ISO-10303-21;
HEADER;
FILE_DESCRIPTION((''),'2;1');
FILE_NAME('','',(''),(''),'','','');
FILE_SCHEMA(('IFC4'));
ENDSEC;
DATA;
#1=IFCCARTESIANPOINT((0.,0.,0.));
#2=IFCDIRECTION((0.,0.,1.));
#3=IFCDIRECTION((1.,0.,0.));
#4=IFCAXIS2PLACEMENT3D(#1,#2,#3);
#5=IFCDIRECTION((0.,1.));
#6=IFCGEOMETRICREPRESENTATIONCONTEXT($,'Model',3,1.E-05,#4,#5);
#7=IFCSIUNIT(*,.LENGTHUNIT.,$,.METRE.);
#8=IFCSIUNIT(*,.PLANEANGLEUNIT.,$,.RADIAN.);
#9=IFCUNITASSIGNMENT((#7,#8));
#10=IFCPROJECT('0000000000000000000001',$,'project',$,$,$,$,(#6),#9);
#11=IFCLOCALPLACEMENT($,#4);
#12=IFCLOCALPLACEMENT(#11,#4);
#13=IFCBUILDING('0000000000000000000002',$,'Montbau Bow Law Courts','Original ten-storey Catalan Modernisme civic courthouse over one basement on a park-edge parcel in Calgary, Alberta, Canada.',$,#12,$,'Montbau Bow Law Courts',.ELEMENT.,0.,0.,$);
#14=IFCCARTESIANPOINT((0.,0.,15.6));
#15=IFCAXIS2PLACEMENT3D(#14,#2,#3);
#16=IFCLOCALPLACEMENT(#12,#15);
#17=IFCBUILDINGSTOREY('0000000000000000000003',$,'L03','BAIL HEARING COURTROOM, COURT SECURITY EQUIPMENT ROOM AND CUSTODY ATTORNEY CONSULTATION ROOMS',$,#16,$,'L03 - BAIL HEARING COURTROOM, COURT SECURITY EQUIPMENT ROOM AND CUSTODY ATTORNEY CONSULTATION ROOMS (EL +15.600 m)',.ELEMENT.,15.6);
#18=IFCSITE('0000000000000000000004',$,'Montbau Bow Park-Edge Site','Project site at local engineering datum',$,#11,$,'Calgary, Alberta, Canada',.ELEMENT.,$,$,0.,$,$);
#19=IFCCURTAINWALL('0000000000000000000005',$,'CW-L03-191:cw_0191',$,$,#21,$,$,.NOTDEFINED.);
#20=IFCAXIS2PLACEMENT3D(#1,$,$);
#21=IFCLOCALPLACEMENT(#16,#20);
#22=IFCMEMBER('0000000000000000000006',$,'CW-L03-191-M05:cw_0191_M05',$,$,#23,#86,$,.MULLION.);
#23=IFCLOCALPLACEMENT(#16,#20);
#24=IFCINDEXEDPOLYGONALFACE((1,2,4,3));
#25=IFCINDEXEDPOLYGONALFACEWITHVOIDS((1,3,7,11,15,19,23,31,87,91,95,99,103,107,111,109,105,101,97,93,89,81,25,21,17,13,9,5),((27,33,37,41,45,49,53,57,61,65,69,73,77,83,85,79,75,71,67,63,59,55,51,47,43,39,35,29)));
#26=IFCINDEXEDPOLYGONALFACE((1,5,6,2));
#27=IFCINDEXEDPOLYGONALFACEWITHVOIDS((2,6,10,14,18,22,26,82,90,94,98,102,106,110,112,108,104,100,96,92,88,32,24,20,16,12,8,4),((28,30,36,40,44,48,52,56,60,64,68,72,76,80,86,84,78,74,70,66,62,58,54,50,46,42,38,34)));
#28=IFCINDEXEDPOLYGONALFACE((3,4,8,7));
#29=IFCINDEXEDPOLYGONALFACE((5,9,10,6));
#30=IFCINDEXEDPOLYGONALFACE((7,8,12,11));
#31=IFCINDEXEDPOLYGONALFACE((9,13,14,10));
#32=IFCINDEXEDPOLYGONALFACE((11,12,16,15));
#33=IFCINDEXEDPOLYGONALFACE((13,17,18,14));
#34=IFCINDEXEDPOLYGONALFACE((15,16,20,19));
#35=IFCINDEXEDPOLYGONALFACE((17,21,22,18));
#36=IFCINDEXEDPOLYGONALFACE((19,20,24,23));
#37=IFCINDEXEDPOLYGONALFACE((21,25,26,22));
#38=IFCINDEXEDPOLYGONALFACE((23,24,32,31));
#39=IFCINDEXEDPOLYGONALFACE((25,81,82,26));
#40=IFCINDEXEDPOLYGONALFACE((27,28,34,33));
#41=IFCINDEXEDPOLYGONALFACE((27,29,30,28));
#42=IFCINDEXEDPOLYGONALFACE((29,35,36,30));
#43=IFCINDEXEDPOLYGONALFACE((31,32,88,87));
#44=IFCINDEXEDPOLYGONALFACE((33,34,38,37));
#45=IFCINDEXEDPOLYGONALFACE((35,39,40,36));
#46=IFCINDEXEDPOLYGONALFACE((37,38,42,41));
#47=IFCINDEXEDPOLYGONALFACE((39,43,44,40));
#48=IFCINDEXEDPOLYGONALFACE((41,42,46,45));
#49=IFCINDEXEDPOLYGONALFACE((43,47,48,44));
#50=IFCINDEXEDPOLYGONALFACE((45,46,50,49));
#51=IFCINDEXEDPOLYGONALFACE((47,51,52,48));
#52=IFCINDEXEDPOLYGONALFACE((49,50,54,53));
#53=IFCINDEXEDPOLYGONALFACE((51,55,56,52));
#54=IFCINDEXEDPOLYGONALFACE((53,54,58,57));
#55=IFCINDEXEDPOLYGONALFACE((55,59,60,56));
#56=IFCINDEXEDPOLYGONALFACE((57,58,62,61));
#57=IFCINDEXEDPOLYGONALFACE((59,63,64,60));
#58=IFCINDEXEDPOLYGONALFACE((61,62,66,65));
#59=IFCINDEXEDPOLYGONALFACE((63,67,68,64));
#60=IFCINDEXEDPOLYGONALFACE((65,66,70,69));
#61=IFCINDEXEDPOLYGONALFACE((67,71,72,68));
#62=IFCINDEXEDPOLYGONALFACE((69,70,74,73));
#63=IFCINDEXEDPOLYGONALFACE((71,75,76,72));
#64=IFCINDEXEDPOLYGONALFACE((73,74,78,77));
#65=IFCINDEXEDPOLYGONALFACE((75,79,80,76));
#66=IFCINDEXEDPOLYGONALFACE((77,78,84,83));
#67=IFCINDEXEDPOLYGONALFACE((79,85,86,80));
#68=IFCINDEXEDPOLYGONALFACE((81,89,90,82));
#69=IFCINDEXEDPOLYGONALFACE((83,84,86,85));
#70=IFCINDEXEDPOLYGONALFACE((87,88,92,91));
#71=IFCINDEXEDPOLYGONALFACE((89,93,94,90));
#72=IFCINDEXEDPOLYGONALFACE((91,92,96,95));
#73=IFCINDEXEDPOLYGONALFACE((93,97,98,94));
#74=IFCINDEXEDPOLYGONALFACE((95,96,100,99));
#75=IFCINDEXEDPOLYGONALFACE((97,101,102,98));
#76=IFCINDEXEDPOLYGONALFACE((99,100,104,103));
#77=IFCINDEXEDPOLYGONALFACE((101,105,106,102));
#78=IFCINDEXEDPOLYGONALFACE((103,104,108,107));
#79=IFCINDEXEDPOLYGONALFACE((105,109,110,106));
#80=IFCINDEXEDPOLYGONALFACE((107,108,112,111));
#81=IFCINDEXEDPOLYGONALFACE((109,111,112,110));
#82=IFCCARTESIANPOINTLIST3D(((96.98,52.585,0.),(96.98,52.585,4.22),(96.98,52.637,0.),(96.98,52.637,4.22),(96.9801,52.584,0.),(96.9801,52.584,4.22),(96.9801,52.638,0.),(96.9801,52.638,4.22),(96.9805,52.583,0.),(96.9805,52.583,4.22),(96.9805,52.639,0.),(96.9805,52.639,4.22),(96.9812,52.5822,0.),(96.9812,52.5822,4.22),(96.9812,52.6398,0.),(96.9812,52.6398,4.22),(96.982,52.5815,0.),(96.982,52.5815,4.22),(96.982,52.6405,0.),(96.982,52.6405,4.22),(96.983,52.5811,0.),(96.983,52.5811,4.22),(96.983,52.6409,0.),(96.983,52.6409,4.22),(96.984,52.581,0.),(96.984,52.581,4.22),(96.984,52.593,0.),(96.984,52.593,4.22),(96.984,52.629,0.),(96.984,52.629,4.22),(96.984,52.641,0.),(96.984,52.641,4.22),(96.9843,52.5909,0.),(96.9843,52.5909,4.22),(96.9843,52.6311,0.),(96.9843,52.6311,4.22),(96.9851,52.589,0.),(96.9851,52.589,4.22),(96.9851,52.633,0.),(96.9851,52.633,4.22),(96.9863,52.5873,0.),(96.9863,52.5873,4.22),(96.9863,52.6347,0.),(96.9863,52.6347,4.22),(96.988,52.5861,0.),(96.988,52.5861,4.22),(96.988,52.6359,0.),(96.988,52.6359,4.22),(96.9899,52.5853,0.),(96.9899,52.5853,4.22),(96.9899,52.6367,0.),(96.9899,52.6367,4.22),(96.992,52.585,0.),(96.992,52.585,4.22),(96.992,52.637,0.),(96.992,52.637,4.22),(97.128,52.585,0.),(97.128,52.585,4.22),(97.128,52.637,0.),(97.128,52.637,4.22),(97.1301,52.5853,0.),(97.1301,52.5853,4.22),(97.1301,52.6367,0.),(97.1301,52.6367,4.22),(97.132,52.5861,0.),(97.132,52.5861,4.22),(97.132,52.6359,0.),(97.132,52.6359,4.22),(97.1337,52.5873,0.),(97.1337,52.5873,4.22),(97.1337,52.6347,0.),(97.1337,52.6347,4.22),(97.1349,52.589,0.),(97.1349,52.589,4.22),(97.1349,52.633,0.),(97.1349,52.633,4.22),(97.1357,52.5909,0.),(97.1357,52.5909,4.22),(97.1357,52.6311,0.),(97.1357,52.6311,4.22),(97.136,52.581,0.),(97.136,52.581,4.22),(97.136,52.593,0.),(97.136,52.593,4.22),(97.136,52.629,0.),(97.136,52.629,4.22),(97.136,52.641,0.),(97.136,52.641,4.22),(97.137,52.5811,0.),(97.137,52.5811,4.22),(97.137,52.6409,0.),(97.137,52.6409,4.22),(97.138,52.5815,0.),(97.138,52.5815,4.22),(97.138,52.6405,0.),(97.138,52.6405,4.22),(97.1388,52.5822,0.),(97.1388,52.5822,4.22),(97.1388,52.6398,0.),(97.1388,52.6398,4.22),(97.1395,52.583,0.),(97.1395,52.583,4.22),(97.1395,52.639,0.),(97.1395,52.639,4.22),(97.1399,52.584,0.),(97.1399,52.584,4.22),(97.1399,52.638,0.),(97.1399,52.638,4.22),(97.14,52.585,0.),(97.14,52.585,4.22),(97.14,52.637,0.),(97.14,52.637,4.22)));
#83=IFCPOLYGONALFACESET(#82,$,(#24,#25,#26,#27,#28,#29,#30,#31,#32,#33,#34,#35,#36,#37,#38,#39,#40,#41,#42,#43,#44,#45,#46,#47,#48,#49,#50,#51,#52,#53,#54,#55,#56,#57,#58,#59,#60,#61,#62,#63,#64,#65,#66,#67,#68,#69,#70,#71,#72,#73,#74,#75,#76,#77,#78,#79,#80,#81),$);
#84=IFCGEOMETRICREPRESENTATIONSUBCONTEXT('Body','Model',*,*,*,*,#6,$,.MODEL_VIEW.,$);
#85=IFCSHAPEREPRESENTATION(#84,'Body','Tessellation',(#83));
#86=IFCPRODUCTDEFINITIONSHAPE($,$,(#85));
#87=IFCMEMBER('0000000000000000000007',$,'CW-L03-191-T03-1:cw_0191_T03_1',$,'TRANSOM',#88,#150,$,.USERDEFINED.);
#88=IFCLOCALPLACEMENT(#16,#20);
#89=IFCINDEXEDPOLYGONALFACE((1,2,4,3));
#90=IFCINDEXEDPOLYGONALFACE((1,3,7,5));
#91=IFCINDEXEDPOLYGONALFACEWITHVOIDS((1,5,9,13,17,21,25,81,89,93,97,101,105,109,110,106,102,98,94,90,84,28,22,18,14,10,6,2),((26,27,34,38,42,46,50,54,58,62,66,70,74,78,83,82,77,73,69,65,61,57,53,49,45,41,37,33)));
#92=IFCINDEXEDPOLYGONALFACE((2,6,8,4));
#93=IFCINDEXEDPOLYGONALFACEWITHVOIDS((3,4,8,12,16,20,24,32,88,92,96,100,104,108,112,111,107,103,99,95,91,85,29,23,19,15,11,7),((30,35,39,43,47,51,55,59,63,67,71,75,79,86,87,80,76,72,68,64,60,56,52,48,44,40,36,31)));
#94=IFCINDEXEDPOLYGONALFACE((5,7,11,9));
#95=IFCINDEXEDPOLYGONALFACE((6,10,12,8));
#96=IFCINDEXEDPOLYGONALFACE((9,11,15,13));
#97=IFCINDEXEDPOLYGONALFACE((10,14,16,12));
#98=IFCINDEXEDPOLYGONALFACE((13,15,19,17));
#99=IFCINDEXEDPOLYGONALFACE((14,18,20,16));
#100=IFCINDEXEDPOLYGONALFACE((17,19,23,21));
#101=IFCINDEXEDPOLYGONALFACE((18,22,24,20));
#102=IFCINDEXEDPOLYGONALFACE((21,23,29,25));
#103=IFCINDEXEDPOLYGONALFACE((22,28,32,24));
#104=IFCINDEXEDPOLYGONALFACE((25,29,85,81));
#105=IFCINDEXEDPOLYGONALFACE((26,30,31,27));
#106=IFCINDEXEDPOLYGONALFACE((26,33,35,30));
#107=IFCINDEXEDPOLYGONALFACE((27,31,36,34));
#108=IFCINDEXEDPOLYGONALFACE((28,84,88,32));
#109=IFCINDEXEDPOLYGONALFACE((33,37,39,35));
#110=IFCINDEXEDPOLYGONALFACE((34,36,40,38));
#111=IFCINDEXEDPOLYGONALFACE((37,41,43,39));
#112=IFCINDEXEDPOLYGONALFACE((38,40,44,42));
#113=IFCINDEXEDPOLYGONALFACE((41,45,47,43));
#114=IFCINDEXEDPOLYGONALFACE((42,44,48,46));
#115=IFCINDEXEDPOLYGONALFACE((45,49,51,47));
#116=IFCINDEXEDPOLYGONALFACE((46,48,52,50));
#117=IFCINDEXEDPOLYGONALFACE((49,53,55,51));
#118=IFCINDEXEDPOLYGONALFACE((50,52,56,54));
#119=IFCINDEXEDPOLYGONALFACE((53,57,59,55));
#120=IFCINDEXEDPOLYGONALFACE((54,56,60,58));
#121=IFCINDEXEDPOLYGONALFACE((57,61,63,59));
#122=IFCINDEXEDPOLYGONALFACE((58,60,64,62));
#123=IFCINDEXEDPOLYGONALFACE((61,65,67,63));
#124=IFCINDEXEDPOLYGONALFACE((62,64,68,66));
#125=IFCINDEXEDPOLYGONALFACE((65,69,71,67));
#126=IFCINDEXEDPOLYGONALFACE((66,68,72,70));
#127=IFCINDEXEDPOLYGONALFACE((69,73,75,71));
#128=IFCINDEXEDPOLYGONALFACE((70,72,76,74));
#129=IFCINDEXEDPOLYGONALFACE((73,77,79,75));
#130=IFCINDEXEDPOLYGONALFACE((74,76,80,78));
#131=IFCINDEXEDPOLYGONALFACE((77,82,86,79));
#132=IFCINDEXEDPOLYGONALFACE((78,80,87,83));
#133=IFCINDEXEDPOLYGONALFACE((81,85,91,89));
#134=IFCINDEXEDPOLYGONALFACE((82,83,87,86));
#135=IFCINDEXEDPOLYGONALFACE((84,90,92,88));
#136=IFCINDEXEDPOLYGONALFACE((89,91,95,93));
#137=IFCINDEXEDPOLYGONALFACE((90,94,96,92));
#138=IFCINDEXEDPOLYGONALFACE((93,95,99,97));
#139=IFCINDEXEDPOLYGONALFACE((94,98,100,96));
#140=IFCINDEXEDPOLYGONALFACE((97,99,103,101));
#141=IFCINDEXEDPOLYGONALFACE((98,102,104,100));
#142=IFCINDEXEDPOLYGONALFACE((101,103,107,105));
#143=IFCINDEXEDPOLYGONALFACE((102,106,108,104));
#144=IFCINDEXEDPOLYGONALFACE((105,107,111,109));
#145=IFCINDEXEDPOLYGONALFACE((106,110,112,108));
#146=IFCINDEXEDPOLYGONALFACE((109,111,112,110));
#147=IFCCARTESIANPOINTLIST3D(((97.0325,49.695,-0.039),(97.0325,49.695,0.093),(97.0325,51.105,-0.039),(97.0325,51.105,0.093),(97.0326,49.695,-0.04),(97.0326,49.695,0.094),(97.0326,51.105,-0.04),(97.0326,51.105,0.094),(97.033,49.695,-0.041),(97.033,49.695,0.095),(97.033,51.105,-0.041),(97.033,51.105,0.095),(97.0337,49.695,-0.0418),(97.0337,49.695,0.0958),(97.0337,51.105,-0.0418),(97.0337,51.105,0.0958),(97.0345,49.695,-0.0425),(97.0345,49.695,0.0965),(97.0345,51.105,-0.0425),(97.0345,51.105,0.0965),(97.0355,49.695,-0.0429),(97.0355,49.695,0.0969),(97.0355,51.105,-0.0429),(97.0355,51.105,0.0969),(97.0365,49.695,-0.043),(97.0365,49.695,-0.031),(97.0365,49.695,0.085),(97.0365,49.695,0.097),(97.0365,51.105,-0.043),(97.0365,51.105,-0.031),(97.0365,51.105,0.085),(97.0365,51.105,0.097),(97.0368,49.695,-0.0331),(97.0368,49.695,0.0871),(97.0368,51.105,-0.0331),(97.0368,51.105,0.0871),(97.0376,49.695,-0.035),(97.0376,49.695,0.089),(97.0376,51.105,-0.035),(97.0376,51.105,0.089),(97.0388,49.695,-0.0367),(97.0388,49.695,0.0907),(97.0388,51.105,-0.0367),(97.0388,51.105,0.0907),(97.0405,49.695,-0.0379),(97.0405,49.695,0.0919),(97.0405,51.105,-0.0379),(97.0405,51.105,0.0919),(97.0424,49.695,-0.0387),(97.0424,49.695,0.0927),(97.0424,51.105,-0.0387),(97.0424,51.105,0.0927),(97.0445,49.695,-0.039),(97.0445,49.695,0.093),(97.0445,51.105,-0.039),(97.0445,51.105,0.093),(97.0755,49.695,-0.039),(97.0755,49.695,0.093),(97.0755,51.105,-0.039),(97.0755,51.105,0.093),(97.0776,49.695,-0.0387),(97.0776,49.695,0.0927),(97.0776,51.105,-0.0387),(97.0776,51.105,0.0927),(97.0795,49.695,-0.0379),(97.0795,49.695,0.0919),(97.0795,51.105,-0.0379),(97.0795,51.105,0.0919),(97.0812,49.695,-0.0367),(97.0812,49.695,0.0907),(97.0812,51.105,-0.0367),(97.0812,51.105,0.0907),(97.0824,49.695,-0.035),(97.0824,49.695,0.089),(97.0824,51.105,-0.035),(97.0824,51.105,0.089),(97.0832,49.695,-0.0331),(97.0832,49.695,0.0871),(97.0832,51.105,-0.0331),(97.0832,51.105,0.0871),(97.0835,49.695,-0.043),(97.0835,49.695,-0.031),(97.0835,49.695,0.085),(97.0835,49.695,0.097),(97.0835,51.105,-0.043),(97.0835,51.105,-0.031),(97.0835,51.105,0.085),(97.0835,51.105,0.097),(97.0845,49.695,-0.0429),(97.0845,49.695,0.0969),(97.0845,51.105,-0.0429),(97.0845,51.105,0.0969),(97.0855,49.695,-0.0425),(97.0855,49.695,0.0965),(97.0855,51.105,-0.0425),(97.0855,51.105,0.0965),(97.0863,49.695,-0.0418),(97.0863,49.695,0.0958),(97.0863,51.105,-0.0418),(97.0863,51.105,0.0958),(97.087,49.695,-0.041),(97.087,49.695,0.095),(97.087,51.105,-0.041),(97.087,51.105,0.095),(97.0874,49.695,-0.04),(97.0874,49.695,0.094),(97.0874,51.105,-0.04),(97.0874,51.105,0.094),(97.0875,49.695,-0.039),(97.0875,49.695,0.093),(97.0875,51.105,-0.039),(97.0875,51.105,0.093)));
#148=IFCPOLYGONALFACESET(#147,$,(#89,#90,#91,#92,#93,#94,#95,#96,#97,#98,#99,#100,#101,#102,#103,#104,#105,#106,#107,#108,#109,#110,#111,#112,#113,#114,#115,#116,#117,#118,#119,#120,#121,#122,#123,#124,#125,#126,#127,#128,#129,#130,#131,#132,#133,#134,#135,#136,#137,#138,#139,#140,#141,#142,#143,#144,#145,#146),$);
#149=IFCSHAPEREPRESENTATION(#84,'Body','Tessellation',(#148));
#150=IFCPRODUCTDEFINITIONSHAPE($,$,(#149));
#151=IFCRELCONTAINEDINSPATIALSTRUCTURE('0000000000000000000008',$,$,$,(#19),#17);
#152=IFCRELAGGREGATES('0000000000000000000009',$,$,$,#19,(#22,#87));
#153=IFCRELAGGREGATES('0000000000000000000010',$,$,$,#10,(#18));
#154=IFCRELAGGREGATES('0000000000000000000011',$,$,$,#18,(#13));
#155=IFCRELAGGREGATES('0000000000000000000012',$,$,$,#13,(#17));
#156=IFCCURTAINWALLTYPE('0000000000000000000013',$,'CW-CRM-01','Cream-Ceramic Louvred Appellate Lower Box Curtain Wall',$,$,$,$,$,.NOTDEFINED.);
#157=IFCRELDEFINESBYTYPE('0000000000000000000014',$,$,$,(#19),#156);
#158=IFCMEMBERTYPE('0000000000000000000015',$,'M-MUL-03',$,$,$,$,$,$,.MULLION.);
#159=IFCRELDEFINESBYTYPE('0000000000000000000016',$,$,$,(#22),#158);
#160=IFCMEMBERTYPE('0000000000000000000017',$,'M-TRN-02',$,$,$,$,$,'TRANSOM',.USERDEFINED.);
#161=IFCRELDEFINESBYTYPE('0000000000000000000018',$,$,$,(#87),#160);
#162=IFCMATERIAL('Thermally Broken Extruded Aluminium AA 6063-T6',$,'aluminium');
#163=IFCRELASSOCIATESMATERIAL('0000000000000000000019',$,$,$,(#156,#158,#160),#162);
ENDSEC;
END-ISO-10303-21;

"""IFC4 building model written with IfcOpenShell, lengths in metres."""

from ifc_helpers import new_model, si_unit, direction, frame, origin_with_axes, origin_2d_with_axis, place, context, subcontext, project, spatial, hollow_rectangle, extrude, material, material_profile, profile_set, type_object, element, aggregate, save


model = new_model("IFC4")

# Units and contexts
model_context = context("Model", 3, precision=1e-05, world=origin_with_axes(), true_north=direction((0.0, 1.0)))
body_context = subcontext(model_context, "Body", "Model", "MODEL_VIEW")
ifc_project = project(units=[si_unit("LENGTHUNIT", "METRE"), si_unit("PLANEANGLEUNIT", "RADIAN")], contexts=[model_context])

# Site, building, storey
site_placement = place(None, origin_with_axes())
site = spatial("IfcSite", under=ifc_project, at=site_placement, Name="Montbau Bow Park-Edge Site", Description="Project site at local engineering datum", LongName="Calgary, Alberta, Canada", CompositionType="ELEMENT", RefElevation=0.0)
building_placement = place(site_placement, origin_with_axes())
building = spatial("IfcBuilding", under=site, at=building_placement, Name="Montbau Bow Law Courts", Description="Original ten-storey Catalan Modernisme civic courthouse over one basement on a park-edge parcel in Calgary, Alberta, Canada.", LongName="Montbau Bow Law Courts", CompositionType="ELEMENT", ElevationOfRefHeight=0.0, ElevationOfTerrain=0.0)
storey_placement = place(building_placement, frame((0.0, 0.0, 15.6), z_axis=(0.0, 0.0, 1.0), x_axis=(1.0, 0.0, 0.0)))
storey = spatial("IfcBuildingStorey", under=building, at=storey_placement, Name="L03", Description="BAIL HEARING COURTROOM, COURT SECURITY EQUIPMENT ROOM AND CUSTODY ATTORNEY CONSULTATION ROOMS", LongName="L03 - BAIL HEARING COURTROOM, COURT SECURITY EQUIPMENT ROOM AND CUSTODY ATTORNEY CONSULTATION ROOMS (EL +15.600 m)", CompositionType="ELEMENT", Elevation=15.6)

# Curtain wall, members
ifc_material_1 = material(Name="Thermally Broken Extruded Aluminium AA 6063-T6", Category="aluminium")
curtain_wall_type = type_object("IfcCurtainWallType", Name="CW-CRM-01", Description="Cream-Ceramic Louvred Appellate Lower Box Curtain Wall", PredefinedType="NOTDEFINED", material=ifc_material_1)
curtain_wall_placement = place(None, frame((97.06, 46.715, 15.6), z_axis=(0.0, 0.0, 1.0), x_axis=(1.0, 0.0, 0.0)))
curtain_wall = element("IfcCurtainWall", 1, at=curtain_wall_placement, inside=storey, type_object=curtain_wall_type, Name="CW-L03-191:cw_0191", PredefinedType="NOTDEFINED")
ifc_material_profile_1 = material_profile(ifc_material_1, hollow_rectangle(XDim=0.06, YDim=0.16, WallThickness=0.004, InnerFilletRadius=0.008, OuterFilletRadius=0.004, at=origin_2d_with_axis()), Name="CWM-160X60", Category="Main", Priority=0)
ifc_profile_set_1 = profile_set([ifc_material_profile_1], Name="Thermally Broken Extruded Aluminium AA 6063-T6")
member_type_1 = type_object("IfcMemberType", Name="M-MUL-03", PredefinedType="MULLION", material=ifc_profile_set_1)
member_1_placement = place(None, frame((97.06, 52.611, 15.6), z_axis=(0.0, 0.0, 1.0), x_axis=(0.0, 1.0, 0.0)))
member_1 = element("IfcMember", 2, at=member_1_placement, type_object=member_type_1, Name="CW-L03-191-M05:cw_0191_M05", PredefinedType="MULLION", context=body_context, shape_type="SweptSolid", body=[
    extrude(hollow_rectangle(XDim=0.06, YDim=0.16, WallThickness=0.004, InnerFilletRadius=0.008, OuterFilletRadius=0.004, at=origin_2d_with_axis()), origin_with_axes(), (0.0, 0.0, 1.0), 4.22),
])
ifc_material_profile_2 = material_profile(ifc_material_1, hollow_rectangle(XDim=0.055, YDim=0.14, WallThickness=0.004, InnerFilletRadius=0.008, OuterFilletRadius=0.004, at=origin_2d_with_axis()), Name="CWT-140X55", Category="Main", Priority=0)
ifc_profile_set_2 = profile_set([ifc_material_profile_2], Name="Thermally Broken Extruded Aluminium AA 6063-T6")
member_type_2 = type_object("IfcMemberType", Name="M-TRN-02", ElementType="TRANSOM", PredefinedType="USERDEFINED", material=ifc_profile_set_2)
member_2_placement = place(None, frame((97.06, 49.695, 15.627), z_axis=(0.0, 1.0, 0.0), x_axis=(-1.0, 0.0, 0.0)))
member_2 = element("IfcMember", 3, at=member_2_placement, type_object=member_type_2, Name="CW-L03-191-T03-1:cw_0191_T03_1", ObjectType="TRANSOM", PredefinedType="USERDEFINED", context=body_context, shape_type="SweptSolid", body=[
    extrude(hollow_rectangle(XDim=0.055, YDim=0.14, WallThickness=0.004, InnerFilletRadius=0.008, OuterFilletRadius=0.004, at=origin_2d_with_axis()), origin_with_axes(), (0.0, 0.0, 1.0), 1.41),
])
aggregate(curtain_wall, [member_1, member_2])

save(model, "model.ifc")
